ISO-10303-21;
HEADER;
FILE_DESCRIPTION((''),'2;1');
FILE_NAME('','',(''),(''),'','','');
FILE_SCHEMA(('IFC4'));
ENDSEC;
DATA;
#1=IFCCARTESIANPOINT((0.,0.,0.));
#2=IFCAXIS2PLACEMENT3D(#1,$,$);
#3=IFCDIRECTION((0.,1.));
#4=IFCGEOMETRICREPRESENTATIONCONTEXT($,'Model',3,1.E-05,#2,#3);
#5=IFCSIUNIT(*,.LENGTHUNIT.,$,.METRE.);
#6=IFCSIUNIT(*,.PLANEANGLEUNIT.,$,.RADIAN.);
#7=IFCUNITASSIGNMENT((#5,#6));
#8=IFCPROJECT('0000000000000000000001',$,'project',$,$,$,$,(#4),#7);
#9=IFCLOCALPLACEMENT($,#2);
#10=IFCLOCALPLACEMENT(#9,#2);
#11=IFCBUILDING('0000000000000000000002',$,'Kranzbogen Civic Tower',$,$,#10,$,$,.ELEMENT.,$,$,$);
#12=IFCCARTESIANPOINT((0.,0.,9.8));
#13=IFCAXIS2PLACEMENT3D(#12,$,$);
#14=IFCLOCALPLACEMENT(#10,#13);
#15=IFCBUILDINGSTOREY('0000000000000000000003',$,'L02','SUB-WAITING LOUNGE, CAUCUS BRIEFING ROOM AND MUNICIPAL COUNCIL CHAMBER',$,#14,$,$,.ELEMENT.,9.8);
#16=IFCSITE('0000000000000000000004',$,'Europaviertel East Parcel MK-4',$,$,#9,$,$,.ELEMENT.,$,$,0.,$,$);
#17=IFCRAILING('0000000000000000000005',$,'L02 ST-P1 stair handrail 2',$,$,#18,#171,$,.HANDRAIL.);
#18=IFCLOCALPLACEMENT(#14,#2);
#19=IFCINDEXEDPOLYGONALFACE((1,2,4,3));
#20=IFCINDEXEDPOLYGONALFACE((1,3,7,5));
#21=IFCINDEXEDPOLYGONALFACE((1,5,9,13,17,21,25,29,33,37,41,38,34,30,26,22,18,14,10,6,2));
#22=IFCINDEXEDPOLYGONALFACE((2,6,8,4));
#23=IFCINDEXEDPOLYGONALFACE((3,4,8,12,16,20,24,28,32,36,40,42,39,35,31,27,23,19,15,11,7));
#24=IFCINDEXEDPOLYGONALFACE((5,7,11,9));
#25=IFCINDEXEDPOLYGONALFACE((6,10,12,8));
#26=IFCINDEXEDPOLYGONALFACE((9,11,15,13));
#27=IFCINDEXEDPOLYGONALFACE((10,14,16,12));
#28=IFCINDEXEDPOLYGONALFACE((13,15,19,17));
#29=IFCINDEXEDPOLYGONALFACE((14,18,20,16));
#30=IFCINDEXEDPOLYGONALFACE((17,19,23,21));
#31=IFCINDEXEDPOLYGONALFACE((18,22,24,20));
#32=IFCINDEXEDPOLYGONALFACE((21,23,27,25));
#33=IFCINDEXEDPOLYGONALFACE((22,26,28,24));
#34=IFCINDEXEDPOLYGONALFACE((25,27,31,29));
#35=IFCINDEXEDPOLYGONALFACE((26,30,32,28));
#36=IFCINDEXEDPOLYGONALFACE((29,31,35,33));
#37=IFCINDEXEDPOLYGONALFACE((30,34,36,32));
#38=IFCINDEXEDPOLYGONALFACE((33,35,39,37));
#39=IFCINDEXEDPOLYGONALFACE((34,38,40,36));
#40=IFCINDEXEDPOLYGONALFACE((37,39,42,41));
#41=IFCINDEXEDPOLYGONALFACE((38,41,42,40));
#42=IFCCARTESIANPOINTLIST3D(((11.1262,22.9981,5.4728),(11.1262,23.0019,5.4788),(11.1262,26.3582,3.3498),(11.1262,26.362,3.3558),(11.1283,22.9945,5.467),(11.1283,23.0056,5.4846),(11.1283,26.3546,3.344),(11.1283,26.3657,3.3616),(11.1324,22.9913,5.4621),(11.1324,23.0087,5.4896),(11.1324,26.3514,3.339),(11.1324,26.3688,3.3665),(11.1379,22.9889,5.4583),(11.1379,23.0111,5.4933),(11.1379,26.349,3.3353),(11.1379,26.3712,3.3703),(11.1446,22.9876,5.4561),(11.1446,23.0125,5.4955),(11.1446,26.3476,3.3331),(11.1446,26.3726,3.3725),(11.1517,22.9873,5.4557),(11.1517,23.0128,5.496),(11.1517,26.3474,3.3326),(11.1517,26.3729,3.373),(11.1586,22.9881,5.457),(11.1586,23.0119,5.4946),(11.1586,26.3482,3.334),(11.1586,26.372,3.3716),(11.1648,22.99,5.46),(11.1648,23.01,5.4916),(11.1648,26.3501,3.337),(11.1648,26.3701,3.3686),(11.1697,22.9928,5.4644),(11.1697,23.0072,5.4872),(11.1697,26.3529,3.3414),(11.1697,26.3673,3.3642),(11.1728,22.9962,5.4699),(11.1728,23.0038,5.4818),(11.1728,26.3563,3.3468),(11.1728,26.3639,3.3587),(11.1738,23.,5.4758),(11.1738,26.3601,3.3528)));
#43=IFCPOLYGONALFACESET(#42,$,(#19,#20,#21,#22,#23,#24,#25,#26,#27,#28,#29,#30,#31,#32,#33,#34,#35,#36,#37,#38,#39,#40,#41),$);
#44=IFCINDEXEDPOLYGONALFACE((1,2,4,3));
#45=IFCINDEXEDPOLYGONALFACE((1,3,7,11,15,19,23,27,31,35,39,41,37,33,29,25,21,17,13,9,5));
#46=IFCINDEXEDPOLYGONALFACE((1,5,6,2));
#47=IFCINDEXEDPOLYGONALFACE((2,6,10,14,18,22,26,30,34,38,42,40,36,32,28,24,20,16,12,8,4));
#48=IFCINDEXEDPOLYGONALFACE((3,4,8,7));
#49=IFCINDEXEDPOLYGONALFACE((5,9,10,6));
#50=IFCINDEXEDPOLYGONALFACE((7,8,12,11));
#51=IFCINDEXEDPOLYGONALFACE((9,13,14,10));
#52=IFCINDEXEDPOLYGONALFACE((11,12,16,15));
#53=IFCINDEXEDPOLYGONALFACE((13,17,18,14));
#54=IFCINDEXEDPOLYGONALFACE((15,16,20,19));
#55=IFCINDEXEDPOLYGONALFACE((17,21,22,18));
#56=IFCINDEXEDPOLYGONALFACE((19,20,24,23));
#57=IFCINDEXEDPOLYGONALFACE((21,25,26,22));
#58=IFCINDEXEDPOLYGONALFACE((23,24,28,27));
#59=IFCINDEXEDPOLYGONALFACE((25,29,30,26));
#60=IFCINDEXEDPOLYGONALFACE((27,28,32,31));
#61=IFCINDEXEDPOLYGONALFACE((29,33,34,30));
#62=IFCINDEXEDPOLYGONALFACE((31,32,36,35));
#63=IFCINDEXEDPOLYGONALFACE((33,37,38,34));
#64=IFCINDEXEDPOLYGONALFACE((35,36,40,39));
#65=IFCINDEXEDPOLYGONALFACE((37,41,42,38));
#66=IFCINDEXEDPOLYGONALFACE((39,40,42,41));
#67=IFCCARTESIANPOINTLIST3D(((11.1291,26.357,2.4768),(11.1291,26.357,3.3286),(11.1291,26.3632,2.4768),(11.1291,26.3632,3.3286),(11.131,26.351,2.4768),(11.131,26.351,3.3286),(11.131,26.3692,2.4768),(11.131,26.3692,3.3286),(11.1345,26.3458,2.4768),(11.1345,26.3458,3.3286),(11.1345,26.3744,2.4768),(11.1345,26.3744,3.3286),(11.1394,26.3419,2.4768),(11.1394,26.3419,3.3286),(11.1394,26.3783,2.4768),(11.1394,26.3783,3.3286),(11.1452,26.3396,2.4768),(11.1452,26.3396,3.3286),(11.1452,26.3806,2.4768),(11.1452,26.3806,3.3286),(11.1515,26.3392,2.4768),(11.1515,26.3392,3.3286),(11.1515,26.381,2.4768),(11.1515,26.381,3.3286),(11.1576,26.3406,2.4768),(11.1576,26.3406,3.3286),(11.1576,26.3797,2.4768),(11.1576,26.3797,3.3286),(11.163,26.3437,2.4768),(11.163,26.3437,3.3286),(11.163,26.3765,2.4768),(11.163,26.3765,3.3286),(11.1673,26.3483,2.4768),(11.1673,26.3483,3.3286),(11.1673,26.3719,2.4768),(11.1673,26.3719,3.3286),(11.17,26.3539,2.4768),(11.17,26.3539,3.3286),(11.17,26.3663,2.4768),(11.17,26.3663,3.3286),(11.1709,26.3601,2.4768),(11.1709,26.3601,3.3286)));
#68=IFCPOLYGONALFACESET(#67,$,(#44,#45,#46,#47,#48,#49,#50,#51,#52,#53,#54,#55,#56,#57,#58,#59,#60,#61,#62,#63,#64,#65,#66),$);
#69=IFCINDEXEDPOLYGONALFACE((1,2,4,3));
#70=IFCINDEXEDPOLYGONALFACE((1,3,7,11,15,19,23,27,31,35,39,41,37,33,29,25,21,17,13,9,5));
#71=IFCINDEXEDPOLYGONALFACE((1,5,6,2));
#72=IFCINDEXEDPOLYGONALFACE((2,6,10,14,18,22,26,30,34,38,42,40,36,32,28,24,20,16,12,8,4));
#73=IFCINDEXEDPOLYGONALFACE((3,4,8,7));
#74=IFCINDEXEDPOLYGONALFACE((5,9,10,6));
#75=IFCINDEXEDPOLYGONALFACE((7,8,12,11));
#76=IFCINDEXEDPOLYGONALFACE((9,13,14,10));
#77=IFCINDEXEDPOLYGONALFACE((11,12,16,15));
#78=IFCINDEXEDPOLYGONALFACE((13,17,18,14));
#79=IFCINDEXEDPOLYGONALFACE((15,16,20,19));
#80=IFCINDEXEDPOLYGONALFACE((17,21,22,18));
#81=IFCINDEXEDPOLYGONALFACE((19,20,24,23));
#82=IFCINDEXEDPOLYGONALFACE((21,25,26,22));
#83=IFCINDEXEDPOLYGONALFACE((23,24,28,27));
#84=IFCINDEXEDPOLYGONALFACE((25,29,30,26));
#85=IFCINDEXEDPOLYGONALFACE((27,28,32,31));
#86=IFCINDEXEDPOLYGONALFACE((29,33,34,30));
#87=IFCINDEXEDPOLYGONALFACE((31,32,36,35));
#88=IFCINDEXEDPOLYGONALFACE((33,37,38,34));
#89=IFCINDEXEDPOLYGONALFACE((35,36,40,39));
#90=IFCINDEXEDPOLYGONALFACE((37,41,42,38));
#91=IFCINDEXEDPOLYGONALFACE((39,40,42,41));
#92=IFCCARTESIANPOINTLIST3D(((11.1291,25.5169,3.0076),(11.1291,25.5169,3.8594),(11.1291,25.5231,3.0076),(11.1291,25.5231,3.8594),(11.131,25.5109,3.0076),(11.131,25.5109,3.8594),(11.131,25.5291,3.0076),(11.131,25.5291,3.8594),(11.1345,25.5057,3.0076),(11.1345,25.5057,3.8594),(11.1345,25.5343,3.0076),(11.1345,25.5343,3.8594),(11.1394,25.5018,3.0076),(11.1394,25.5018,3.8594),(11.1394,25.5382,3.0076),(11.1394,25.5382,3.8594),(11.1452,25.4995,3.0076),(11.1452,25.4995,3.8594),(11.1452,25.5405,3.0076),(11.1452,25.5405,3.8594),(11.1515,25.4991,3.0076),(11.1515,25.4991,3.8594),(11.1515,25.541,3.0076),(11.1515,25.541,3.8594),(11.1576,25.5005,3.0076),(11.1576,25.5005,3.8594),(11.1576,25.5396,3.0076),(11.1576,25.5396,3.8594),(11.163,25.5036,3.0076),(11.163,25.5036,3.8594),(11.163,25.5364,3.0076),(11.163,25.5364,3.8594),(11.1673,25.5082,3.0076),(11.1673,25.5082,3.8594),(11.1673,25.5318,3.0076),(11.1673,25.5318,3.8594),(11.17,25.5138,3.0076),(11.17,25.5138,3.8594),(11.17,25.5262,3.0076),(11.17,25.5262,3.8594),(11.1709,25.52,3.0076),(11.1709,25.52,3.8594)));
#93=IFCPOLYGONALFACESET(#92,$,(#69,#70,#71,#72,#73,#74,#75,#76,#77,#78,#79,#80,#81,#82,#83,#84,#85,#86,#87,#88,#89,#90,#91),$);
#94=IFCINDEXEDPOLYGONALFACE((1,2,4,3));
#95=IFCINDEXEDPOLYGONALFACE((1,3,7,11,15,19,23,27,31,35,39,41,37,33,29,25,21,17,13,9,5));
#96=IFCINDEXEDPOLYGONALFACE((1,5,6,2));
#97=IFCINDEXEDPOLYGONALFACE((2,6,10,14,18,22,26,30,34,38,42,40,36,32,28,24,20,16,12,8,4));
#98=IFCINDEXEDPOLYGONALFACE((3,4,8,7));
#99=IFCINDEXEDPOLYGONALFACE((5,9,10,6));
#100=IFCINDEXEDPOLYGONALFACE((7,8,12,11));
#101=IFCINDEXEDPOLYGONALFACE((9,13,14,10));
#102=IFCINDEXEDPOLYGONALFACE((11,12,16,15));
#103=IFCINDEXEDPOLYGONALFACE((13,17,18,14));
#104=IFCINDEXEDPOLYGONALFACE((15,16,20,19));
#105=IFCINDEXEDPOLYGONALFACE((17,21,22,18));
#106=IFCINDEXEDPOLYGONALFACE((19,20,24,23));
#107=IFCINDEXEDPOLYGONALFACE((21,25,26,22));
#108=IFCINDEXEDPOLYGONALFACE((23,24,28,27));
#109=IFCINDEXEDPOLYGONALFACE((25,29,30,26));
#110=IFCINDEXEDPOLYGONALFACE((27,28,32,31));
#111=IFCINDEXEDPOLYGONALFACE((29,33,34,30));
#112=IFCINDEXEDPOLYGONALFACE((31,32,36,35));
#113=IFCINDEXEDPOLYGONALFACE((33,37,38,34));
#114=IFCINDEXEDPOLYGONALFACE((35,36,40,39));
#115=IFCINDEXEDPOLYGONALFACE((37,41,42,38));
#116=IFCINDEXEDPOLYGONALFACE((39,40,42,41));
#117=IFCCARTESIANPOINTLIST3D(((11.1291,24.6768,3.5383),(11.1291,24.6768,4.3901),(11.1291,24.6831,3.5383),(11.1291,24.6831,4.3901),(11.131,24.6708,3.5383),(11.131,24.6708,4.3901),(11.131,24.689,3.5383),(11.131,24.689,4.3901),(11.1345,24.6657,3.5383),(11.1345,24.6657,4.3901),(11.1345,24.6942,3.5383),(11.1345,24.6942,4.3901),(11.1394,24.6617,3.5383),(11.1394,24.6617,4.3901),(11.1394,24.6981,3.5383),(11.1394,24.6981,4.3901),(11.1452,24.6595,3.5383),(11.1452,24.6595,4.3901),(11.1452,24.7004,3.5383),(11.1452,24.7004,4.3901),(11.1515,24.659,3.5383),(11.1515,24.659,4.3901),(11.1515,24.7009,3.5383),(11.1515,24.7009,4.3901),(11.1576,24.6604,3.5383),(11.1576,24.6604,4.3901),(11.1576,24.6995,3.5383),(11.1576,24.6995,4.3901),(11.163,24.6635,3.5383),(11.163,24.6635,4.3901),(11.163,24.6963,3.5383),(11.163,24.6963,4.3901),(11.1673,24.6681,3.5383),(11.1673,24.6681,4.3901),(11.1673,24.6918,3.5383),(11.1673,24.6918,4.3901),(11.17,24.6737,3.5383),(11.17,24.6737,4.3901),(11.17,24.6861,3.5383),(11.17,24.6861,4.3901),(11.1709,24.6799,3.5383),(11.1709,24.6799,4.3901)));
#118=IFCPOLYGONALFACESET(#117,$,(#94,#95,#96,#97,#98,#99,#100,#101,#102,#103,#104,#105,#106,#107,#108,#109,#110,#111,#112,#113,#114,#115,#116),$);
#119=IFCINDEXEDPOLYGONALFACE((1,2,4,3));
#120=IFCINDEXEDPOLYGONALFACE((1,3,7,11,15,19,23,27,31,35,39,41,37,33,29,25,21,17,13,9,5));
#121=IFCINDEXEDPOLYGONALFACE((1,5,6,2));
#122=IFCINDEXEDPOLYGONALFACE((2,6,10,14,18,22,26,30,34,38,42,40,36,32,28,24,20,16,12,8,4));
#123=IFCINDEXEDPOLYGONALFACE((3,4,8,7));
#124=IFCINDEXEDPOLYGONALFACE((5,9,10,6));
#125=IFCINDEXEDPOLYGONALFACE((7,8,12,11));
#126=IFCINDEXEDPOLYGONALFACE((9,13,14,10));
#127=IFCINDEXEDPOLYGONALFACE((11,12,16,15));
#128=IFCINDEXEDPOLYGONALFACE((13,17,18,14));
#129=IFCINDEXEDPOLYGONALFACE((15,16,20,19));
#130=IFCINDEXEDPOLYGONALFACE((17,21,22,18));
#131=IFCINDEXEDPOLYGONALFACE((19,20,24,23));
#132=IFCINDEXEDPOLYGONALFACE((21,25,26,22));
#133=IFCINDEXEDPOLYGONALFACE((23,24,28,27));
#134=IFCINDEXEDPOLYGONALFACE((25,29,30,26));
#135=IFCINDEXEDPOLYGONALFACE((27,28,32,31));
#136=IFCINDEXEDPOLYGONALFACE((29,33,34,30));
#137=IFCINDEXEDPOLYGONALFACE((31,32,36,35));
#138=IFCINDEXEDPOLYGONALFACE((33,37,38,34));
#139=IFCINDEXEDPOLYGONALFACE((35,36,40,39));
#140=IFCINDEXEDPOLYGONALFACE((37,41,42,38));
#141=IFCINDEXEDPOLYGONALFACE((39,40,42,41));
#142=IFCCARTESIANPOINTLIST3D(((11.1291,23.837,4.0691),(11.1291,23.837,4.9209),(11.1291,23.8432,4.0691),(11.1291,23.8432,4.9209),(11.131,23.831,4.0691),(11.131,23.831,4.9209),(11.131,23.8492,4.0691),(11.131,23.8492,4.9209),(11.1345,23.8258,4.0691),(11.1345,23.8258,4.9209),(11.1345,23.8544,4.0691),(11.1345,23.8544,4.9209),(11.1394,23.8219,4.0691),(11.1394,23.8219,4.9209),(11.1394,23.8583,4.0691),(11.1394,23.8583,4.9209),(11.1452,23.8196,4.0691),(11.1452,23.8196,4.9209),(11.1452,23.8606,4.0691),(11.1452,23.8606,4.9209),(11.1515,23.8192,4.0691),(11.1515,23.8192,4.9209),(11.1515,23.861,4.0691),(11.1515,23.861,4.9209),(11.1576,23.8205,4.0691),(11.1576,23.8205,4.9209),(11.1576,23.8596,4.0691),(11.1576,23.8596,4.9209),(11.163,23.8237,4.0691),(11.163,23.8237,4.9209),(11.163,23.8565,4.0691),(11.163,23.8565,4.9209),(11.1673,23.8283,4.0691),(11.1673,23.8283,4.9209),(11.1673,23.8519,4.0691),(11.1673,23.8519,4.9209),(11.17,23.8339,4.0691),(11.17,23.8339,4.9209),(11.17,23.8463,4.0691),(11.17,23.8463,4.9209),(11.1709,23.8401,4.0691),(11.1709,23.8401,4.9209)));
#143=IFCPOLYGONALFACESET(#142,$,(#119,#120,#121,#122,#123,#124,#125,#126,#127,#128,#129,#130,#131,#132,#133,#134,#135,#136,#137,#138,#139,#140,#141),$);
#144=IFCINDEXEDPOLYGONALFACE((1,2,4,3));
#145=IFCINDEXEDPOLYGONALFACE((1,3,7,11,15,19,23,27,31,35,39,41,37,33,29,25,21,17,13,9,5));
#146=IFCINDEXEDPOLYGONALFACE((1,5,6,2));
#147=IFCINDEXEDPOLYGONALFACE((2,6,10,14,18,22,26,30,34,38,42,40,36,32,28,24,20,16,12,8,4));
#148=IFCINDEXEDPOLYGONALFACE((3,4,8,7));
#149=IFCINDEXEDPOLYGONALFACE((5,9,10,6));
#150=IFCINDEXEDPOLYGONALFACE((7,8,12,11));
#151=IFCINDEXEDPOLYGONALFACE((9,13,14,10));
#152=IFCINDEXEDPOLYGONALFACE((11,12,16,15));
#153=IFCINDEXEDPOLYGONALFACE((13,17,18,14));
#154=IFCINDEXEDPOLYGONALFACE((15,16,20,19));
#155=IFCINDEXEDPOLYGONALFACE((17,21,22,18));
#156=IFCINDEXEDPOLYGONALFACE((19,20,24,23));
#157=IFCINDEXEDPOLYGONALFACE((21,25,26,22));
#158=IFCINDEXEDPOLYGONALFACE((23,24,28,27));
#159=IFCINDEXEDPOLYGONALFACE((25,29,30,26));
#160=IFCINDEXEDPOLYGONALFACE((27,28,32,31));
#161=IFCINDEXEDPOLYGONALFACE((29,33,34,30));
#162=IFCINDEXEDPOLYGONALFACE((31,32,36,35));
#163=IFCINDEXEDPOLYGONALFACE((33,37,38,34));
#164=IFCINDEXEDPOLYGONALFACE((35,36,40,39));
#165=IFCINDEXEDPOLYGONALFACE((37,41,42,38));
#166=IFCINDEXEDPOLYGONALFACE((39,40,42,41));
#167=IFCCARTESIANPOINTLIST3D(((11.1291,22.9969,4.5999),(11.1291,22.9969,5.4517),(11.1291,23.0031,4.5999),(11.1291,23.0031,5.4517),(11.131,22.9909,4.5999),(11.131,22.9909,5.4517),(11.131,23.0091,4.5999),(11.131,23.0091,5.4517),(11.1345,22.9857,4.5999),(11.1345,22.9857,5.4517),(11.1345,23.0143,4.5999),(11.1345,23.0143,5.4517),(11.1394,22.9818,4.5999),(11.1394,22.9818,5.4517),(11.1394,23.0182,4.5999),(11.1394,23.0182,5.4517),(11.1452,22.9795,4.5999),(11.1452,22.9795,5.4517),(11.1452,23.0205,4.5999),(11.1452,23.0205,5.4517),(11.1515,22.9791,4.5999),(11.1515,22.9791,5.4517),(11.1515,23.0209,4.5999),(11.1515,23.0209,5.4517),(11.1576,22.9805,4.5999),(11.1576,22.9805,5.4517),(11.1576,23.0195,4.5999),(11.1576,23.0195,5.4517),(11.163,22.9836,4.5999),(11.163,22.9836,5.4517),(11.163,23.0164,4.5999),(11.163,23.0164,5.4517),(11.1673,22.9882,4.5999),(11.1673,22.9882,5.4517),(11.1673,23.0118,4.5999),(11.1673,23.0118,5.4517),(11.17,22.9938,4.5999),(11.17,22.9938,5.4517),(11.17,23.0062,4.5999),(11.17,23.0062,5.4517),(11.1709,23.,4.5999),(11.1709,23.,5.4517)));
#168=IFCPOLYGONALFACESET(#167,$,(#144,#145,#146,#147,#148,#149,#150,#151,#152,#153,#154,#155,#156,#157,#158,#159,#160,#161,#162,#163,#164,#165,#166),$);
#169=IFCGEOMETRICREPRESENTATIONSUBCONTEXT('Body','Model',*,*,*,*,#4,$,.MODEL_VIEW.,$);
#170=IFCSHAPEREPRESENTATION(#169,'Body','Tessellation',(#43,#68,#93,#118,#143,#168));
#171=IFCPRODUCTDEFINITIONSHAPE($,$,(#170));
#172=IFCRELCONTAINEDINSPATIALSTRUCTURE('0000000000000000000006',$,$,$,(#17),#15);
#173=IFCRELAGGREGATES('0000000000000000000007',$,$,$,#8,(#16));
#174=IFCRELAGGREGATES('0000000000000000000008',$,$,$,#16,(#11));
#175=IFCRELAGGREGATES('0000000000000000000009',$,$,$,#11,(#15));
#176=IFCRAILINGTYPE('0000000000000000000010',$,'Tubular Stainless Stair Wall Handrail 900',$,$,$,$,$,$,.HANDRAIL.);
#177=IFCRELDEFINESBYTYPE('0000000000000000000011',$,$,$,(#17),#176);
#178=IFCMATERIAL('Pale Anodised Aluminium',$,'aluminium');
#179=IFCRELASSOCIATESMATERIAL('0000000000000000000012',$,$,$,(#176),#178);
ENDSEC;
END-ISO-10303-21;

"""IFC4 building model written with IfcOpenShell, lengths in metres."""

from ifc_helpers import new_model, si_unit, direction, frame, origin, origin_2d, place, context, subcontext, project, spatial, circle, extrude, material, type_object, element, save


model = new_model("IFC4")

# Units and contexts
model_context = context("Model", 3, precision=1e-05, world=origin(), true_north=direction((0.0, 1.0)))
body_context = subcontext(model_context, "Body", "Model", "MODEL_VIEW")
ifc_project = project(units=[si_unit("LENGTHUNIT", "METRE"), si_unit("PLANEANGLEUNIT", "RADIAN")], contexts=[model_context])

# Site, building, storey
site_placement = place(None, origin())
site = spatial("IfcSite", under=ifc_project, at=site_placement, Name="Europaviertel East Parcel MK-4", CompositionType="ELEMENT", RefElevation=0.0)
building_placement = place(site_placement, origin())
building = spatial("IfcBuilding", under=site, at=building_placement, Name="Kranzbogen Civic Tower", CompositionType="ELEMENT")
storey_placement = place(building_placement, frame((0.0, 0.0, 9.8)))
storey = spatial("IfcBuildingStorey", under=building, at=storey_placement, Name="L02", Description="SUB-WAITING LOUNGE, CAUCUS BRIEFING ROOM AND MUNICIPAL COUNCIL CHAMBER", CompositionType="ELEMENT", Elevation=9.8)

# Shared definitions
ifc_material_1 = material(Name="Pale Anodised Aluminium", Category="aluminium")

# Railing
railing_type_1 = type_object("IfcRailingType", Name="Tubular Stainless Stair Wall Handrail 900", PredefinedType="HANDRAIL", material=ifc_material_1)
railing_1_placement = place(storey_placement, frame((11.1499, 26.3601, 2.4768)))
element("IfcRailing", 1, at=railing_1_placement, inside=storey, type_object=railing_type_1, Name="L02 ST-P1 stair handrail 2", PredefinedType="HANDRAIL", context=body_context, shape_type="SweptSolid", body=[
    extrude(circle(Radius=0.0239, at=origin_2d()), frame((0.0, 0.0, 0.876), z_axis=(0.0, -0.84539, 0.53415), x_axis=(1.0, 0.0, 0.0)), (0.0, 0.0, 1.0), 3.9746),
    extrude(circle(Radius=0.021, at=origin_2d()), origin(), (0.0, 0.0, 1.0), 0.8518),
    extrude(circle(Radius=0.021, at=origin_2d()), frame((0.0, -0.8401, 0.5308)), (0.0, 0.0, 1.0), 0.8518),
    extrude(circle(Radius=0.021, at=origin_2d()), frame((0.0, -1.6802, 1.0615)), (0.0, 0.0, 1.0), 0.8518),
    extrude(circle(Radius=0.021, at=origin_2d()), frame((0.0, -2.52, 1.5923)), (0.0, 0.0, 1.0), 0.8518),
    extrude(circle(Radius=0.021, at=origin_2d()), frame((0.0, -3.3601, 2.123)), (0.0, 0.0, 1.0), 0.8518),
])

save(model, "model.ifc")
